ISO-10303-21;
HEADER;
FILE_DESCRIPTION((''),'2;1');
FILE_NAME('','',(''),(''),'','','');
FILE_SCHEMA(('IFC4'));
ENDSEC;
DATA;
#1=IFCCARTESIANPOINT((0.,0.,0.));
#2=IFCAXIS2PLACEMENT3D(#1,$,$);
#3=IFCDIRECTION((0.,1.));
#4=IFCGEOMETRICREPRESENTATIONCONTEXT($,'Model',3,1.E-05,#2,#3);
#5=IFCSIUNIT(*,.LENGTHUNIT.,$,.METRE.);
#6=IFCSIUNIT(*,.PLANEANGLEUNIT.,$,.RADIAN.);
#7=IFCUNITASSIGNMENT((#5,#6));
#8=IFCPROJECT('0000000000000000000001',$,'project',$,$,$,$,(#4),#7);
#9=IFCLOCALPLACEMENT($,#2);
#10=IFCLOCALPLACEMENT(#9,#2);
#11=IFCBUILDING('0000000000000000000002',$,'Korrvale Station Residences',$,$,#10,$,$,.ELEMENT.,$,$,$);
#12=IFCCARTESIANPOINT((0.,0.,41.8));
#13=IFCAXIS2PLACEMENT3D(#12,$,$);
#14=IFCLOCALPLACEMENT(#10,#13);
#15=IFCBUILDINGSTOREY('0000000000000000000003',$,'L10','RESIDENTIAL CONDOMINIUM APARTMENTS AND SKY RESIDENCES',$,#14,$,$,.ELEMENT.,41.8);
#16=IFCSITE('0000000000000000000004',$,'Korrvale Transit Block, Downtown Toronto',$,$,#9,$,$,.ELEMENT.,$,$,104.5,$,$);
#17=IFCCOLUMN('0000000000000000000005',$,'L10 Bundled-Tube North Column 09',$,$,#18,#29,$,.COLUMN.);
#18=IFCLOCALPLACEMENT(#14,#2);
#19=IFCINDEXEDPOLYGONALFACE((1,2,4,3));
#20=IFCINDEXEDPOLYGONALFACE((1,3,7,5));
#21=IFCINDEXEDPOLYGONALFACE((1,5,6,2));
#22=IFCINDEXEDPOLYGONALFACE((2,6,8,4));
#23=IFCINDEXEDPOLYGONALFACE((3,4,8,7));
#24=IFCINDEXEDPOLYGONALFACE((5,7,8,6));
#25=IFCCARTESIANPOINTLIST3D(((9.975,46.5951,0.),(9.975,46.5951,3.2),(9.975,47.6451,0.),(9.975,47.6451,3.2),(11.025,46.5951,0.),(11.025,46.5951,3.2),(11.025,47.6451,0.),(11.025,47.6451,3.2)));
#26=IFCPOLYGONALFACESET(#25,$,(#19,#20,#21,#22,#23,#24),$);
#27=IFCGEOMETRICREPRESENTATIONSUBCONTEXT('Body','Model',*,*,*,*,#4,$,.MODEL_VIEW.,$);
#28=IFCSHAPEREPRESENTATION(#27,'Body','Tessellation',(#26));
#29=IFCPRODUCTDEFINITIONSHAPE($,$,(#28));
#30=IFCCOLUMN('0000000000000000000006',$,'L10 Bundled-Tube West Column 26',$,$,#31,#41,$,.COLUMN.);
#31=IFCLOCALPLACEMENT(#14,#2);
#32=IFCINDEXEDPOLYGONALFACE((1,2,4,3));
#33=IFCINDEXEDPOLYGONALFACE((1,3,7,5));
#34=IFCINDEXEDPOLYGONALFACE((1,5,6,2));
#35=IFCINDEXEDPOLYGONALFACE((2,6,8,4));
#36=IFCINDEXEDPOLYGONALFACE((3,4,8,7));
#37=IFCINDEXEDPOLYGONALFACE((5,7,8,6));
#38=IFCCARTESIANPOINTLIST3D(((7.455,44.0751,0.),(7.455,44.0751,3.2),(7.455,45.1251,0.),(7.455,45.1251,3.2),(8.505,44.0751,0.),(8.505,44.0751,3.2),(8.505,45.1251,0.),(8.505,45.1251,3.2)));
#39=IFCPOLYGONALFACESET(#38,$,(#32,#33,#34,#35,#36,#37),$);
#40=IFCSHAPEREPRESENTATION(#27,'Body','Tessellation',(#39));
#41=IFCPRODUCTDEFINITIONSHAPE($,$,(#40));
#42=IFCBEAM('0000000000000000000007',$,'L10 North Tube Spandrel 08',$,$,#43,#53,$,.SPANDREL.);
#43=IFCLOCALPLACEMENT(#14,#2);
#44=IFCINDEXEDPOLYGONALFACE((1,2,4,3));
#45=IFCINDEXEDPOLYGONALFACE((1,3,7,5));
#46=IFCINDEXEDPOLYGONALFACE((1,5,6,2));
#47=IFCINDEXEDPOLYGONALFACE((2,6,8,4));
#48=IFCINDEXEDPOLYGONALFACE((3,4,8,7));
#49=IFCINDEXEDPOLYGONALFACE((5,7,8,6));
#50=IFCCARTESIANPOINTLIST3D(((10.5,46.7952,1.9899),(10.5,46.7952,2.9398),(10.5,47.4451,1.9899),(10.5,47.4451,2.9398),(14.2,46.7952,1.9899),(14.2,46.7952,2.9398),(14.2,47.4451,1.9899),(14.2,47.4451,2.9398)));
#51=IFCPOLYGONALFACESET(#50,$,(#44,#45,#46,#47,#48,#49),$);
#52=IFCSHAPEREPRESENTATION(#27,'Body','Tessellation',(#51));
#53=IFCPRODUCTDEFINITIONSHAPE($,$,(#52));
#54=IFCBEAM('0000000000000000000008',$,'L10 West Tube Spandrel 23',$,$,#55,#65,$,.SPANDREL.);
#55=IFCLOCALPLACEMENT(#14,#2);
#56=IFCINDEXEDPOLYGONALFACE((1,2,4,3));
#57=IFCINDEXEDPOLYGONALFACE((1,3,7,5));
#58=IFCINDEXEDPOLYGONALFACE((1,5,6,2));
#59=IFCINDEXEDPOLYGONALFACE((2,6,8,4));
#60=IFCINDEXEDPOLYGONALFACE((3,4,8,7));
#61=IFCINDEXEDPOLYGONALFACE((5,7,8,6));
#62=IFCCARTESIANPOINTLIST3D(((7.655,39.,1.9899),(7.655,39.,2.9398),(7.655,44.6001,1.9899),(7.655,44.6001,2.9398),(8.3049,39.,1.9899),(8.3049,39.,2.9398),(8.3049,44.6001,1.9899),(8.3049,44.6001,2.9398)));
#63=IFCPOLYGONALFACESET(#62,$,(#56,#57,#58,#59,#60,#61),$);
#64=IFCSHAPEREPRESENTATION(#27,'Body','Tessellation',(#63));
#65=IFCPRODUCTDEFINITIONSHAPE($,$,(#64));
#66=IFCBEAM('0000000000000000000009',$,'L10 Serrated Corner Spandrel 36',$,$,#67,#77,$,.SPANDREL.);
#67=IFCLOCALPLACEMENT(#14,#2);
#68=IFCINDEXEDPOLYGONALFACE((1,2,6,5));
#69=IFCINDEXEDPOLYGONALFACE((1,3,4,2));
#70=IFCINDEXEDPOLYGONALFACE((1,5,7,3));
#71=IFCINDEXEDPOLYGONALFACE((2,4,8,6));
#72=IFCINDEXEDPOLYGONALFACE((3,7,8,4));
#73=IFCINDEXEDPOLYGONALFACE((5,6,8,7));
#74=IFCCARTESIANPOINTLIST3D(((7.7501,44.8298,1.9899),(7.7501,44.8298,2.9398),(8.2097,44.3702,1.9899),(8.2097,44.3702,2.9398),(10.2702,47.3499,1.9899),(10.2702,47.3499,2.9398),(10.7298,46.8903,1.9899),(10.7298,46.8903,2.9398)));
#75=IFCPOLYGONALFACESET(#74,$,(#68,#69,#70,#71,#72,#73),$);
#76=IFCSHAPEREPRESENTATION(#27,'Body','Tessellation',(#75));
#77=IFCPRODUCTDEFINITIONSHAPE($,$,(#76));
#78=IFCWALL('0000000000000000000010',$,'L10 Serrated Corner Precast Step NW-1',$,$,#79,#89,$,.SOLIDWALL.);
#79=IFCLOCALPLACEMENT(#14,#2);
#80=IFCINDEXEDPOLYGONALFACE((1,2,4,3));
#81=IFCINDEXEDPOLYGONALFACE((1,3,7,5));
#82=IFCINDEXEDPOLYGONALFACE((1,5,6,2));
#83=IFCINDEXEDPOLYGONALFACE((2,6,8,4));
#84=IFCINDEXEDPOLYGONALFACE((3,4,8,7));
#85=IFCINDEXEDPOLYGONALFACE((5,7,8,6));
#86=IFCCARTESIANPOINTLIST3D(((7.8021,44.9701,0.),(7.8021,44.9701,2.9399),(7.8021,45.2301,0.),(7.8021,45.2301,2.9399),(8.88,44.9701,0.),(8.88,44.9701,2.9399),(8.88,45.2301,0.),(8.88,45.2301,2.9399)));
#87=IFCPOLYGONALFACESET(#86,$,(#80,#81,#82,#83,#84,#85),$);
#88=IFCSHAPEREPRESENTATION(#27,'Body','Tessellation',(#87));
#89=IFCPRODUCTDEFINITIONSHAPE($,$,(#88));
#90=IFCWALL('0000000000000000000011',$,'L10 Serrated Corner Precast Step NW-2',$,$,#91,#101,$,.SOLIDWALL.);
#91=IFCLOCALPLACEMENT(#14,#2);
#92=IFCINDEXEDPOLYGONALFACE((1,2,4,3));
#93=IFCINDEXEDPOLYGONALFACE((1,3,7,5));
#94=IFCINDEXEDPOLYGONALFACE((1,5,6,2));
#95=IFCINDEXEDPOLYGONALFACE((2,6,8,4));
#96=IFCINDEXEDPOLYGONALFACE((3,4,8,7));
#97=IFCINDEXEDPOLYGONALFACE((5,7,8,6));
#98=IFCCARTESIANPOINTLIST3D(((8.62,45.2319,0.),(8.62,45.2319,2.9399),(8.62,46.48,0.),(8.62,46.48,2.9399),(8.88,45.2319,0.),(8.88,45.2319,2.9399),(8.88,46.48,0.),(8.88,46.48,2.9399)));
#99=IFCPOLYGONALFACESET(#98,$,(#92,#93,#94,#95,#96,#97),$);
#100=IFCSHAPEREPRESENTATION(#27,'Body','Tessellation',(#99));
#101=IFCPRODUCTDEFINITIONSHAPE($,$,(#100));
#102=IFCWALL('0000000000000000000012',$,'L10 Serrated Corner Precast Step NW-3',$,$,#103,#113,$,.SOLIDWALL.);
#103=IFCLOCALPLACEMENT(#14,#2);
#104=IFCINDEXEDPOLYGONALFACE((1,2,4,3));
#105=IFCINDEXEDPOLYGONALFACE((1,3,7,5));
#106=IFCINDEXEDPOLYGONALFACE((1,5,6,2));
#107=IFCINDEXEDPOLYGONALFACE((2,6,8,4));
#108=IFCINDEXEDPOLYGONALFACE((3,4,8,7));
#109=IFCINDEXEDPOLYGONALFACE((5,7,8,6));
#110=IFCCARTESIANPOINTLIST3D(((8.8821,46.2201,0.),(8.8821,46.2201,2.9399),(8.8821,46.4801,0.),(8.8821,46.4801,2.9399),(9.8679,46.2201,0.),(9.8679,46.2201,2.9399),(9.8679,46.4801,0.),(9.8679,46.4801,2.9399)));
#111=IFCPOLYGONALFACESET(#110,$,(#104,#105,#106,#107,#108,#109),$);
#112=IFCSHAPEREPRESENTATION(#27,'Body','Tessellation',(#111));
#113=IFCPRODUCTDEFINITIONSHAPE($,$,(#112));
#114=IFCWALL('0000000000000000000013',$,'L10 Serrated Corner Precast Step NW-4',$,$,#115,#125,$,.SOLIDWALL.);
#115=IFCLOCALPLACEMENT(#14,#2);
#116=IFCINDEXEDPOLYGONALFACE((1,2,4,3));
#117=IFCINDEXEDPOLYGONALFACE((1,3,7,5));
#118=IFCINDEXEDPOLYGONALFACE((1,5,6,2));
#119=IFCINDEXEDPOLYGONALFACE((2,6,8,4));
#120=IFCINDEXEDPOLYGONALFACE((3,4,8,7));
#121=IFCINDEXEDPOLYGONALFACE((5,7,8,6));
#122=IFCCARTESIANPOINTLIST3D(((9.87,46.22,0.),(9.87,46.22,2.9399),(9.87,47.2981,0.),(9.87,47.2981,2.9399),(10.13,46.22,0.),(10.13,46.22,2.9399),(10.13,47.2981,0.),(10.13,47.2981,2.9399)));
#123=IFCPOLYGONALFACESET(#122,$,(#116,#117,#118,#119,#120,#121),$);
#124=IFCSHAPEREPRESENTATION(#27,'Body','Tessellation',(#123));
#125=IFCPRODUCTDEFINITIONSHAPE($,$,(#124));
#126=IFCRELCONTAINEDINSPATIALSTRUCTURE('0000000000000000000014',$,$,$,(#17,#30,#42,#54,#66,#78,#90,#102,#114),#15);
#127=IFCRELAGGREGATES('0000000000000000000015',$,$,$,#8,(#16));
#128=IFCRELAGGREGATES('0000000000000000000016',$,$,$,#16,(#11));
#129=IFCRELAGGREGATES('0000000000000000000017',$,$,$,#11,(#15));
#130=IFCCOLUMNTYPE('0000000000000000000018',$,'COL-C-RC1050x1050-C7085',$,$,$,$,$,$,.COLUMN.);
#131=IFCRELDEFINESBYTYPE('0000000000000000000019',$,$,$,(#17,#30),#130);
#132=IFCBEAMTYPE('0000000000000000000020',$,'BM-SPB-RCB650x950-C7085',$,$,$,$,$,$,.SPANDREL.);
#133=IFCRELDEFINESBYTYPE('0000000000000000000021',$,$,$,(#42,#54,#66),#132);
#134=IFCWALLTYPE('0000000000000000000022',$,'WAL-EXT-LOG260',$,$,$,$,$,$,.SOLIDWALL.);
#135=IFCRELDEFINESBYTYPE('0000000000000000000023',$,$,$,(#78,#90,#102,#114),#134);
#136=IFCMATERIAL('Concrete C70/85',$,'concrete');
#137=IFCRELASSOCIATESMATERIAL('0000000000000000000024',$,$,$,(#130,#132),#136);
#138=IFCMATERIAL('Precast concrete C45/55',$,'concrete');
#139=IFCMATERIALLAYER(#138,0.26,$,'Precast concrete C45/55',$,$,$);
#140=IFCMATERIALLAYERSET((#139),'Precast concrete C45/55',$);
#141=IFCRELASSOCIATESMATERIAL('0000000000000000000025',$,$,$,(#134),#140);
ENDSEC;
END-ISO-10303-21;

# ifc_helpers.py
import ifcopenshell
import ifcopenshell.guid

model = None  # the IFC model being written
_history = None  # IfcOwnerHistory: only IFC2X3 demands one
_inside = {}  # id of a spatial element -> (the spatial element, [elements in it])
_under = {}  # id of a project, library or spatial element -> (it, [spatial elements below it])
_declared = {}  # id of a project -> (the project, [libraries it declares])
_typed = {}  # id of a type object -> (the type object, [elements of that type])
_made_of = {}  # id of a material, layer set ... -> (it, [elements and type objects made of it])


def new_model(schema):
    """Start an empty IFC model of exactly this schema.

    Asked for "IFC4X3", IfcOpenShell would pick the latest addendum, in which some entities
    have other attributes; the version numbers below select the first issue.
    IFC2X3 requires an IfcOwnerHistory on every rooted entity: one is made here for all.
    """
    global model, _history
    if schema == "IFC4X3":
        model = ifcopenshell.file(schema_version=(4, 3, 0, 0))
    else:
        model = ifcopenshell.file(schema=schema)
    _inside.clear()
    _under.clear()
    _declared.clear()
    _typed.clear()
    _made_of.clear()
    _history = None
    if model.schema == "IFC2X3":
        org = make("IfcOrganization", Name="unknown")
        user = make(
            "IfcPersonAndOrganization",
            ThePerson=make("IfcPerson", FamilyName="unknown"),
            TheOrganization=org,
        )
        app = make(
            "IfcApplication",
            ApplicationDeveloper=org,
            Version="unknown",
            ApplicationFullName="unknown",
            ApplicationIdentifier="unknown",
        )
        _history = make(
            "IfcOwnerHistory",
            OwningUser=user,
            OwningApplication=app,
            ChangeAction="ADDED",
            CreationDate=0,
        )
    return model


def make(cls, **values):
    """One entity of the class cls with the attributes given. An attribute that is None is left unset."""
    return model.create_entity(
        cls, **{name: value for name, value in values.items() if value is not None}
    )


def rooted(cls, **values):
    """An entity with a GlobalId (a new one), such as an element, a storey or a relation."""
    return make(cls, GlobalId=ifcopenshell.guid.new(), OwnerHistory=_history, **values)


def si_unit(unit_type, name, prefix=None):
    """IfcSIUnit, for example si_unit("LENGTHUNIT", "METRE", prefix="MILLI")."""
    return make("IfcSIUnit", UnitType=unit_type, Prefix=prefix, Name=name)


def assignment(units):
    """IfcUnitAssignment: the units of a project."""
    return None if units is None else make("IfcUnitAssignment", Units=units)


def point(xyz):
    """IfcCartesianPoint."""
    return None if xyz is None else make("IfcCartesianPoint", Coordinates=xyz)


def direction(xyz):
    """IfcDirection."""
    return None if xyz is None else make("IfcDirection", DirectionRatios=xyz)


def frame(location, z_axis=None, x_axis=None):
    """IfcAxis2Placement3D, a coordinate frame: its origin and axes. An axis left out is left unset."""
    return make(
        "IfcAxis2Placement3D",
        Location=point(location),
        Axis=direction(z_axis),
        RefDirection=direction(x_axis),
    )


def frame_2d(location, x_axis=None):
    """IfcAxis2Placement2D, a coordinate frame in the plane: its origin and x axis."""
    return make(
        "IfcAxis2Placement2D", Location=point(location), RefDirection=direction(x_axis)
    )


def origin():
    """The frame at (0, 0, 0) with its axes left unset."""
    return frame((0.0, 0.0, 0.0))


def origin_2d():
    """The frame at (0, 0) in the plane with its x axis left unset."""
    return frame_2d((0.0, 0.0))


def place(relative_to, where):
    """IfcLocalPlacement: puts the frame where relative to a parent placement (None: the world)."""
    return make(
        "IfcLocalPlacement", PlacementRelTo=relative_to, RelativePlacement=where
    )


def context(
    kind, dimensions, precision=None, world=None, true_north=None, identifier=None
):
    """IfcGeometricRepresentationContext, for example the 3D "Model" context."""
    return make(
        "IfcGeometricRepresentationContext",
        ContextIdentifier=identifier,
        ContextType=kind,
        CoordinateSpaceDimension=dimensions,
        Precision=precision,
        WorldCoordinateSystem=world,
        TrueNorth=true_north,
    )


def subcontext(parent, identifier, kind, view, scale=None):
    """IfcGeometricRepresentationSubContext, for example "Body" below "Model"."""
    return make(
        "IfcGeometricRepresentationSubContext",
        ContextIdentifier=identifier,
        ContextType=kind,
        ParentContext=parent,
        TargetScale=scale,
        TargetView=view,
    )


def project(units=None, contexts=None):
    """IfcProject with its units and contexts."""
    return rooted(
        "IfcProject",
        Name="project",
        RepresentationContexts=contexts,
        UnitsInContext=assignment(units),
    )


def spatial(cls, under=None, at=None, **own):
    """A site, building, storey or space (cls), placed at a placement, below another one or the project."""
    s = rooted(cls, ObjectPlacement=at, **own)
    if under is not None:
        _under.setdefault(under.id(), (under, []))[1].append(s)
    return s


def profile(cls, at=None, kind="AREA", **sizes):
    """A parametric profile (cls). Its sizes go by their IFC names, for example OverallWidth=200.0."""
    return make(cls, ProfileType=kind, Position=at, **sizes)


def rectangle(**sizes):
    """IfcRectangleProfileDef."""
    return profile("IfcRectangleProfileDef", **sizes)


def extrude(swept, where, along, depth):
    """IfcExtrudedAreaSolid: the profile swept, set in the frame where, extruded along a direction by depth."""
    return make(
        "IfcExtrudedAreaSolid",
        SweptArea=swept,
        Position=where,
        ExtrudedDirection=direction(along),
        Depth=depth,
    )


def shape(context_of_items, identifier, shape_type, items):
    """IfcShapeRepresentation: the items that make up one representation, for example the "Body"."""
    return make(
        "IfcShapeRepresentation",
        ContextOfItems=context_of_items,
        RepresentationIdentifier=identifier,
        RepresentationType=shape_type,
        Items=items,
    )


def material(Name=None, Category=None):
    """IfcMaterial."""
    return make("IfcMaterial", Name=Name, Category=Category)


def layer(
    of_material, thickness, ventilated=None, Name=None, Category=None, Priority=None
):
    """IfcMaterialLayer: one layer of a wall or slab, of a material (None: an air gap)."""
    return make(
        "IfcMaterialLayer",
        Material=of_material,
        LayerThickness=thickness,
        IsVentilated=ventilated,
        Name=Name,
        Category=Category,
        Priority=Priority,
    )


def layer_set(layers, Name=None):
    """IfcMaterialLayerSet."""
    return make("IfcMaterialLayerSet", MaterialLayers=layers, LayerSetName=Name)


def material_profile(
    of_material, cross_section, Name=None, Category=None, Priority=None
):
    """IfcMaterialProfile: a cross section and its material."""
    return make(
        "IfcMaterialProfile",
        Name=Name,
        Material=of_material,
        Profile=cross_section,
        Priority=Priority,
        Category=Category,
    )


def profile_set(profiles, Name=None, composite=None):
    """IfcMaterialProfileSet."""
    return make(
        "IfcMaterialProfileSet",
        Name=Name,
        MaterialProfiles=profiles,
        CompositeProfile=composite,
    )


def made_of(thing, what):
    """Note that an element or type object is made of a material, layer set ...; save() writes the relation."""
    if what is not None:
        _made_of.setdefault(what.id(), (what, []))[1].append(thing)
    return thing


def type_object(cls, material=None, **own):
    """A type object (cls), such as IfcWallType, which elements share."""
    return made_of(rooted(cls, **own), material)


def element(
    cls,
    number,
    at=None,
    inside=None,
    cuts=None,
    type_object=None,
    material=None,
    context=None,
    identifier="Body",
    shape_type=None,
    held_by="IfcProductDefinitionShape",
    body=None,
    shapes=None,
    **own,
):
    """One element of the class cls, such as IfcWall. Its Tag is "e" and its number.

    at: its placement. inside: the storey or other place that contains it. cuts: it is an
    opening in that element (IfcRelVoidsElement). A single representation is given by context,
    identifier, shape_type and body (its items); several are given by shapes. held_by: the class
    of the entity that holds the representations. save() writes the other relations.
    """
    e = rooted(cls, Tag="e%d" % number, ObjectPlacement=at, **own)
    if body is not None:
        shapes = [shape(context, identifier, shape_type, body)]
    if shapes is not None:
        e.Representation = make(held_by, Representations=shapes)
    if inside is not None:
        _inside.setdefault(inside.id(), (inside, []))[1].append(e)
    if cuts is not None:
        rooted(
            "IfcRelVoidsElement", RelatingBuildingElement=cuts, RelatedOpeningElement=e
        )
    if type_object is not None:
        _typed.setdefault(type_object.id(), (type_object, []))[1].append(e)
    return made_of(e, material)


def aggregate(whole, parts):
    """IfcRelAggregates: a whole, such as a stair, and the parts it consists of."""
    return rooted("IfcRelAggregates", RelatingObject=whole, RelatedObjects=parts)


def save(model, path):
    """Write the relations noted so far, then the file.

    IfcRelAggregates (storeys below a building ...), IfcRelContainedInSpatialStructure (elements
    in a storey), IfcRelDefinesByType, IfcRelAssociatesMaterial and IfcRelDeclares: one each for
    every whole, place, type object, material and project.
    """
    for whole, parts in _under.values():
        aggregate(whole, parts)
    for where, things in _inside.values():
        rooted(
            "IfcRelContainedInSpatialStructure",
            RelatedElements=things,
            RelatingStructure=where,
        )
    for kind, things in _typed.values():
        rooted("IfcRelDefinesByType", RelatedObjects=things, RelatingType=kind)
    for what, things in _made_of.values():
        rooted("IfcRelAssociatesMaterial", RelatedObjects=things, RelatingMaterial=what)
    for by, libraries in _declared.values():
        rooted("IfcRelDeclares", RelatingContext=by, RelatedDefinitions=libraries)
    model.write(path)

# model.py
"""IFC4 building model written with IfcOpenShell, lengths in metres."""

from ifc_helpers import new_model, si_unit, direction, frame, frame_2d, origin, origin_2d, place, context, subcontext, project, spatial, rectangle, extrude, material, layer, layer_set, material_profile, profile_set, type_object, element, save


model = new_model("IFC4")

# Units and contexts
model_context = context("Model", 3, precision=1e-05, world=origin(), true_north=direction((0.0, 1.0)))
body_context = subcontext(model_context, "Body", "Model", "MODEL_VIEW")
ifc_project = project(units=[si_unit("LENGTHUNIT", "METRE"), si_unit("PLANEANGLEUNIT", "RADIAN")], contexts=[model_context])

# Site, building, storey
site_placement = place(None, origin())
site = spatial("IfcSite", under=ifc_project, at=site_placement, Name="Korrvale Transit Block, Downtown Toronto", CompositionType="ELEMENT", RefElevation=104.5)
building_placement = place(site_placement, origin())
building = spatial("IfcBuilding", under=site, at=building_placement, Name="Korrvale Station Residences", CompositionType="ELEMENT")
storey_placement = place(building_placement, frame((0.0, 0.0, 41.8)))
storey = spatial("IfcBuildingStorey", under=building, at=storey_placement, Name="L10", Description="RESIDENTIAL CONDOMINIUM APARTMENTS AND SKY RESIDENCES", CompositionType="ELEMENT", Elevation=41.8)

# Columns
ifc_material_1 = material(Name="Concrete C70/85", Category="concrete")
ifc_material_profile_1 = material_profile(ifc_material_1, rectangle(XDim=1.05, YDim=1.05, at=origin_2d()), Name="RC1050x1050")
ifc_profile_set_1 = profile_set([ifc_material_profile_1], Name="Concrete C70/85")
column_type = type_object("IfcColumnType", Name="COL-C-RC1050x1050-C7085", PredefinedType="COLUMN", material=ifc_profile_set_1)
for number, where, z_axis, x_axis, name in (
    (1, (10.5, 47.1201, 0.0), (0.0, 0.0, 1.0), (1.0, 0.0, 0.0), "L10 Bundled-Tube North Column 09"),
    (2, (7.98, 44.6001, 0.0), (0.0, 0.0, 1.0), (1.0, 0.0, 0.0), "L10 Bundled-Tube West Column 26"),
):
    element("IfcColumn", number, at=place(storey_placement, frame(where, z_axis=z_axis, x_axis=x_axis)), inside=storey, type_object=column_type, Name=name, PredefinedType="COLUMN", context=body_context, shape_type="SweptSolid", body=[
        extrude(rectangle(XDim=1.05, YDim=1.05, at=origin_2d()), origin(), (0.0, 0.0, 1.0), 3.2),
    ])

# Beams
ifc_material_profile_2 = material_profile(ifc_material_1, rectangle(XDim=0.6499, YDim=0.95, at=origin_2d()), Name="RCB650x950")
ifc_profile_set_2 = profile_set([ifc_material_profile_2], Name="Concrete C70/85")
beam_type = type_object("IfcBeamType", Name="BM-SPB-RCB650x950-C7085", PredefinedType="SPANDREL", material=ifc_profile_set_2)
beam_1_placement = place(storey_placement, frame((10.5, 47.1201, 2.4648), z_axis=(1.0, 0.0, 0.0), x_axis=(0.0, 1.0, 0.0)))
element("IfcBeam", 3, at=beam_1_placement, inside=storey, type_object=beam_type, Name="L10 North Tube Spandrel 08", PredefinedType="SPANDREL", context=body_context, shape_type="SweptSolid", body=[
    extrude(rectangle(XDim=0.6499, YDim=0.95, at=origin_2d()), origin(), (0.0, 0.0, 1.0), 3.7),
])
beam_2_placement = place(storey_placement, frame((7.98, 39.0, 2.4648), z_axis=(0.0, 1.0, 0.0), x_axis=(-1.0, 0.0, 0.0)))
element("IfcBeam", 4, at=beam_2_placement, inside=storey, type_object=beam_type, Name="L10 West Tube Spandrel 23", PredefinedType="SPANDREL", context=body_context, shape_type="SweptSolid", body=[
    extrude(rectangle(XDim=0.6499, YDim=0.95, at=origin_2d()), origin(), (0.0, 0.0, 1.0), 5.6001),
])
beam_3_placement = place(storey_placement, frame((10.5, 47.1201, 2.4648), z_axis=(-0.707107, -0.707107, 0.0), x_axis=(0.707107, -0.707107, 0.0)))
element("IfcBeam", 5, at=beam_3_placement, inside=storey, type_object=beam_type, Name="L10 Serrated Corner Spandrel 36", PredefinedType="SPANDREL", context=body_context, shape_type="SweptSolid", body=[
    extrude(rectangle(XDim=0.6499, YDim=0.95, at=origin_2d()), origin(), (0.0, 0.0, 1.0), 3.564),
])

# Walls
ifc_material_2 = material(Name="Precast concrete C45/55", Category="concrete")
ifc_layer_1 = layer(ifc_material_2, 0.26, Name="Precast concrete C45/55")
ifc_layer_set_1 = layer_set([ifc_layer_1], Name="Precast concrete C45/55")
wall_type_1 = type_object("IfcWallType", Name="WAL-EXT-LOG260", PredefinedType="SOLIDWALL", material=ifc_layer_set_1)
wall_1_placement = place(storey_placement, frame((7.802, 45.1001, 0.0), z_axis=(0.0, 0.0, 1.0), x_axis=(1.0, 0.0, 0.0)))
element("IfcWall", 6, at=wall_1_placement, inside=storey, type_object=wall_type_1, Name="L10 Serrated Corner Precast Step NW-1", PredefinedType="SOLIDWALL", context=body_context, shape_type="SweptSolid", body=[
    extrude(rectangle(XDim=1.0779, YDim=0.26, at=frame_2d((0.5391, 0.0))), origin(), (0.0, 0.0, 1.0), 2.9399),
])
wall_2_placement = place(storey_placement, frame((8.75, 45.2319, 0.0), z_axis=(0.0, 0.0, 1.0), x_axis=(0.0, 1.0, 0.0)))
element("IfcWall", 7, at=wall_2_placement, inside=storey, type_object=wall_type_1, Name="L10 Serrated Corner Precast Step NW-2", PredefinedType="SOLIDWALL", context=body_context, shape_type="SweptSolid", body=[
    extrude(rectangle(XDim=1.248, YDim=0.26, at=frame_2d((0.624, 0.0))), origin(), (0.0, 0.0, 1.0), 2.9399),
])
wall_3_placement = place(storey_placement, frame((8.8821, 46.3501, 0.0), z_axis=(0.0, 0.0, 1.0), x_axis=(1.0, 0.0, 0.0)))
element("IfcWall", 8, at=wall_3_placement, inside=storey, type_object=wall_type_1, Name="L10 Serrated Corner Precast Step NW-3", PredefinedType="SOLIDWALL", context=body_context, shape_type="SweptSolid", body=[
    extrude(rectangle(XDim=0.9858, YDim=0.26, at=frame_2d((0.4929, 0.0))), origin(), (0.0, 0.0, 1.0), 2.9399),
])
wall_4_placement = place(storey_placement, frame((10.0, 46.22, 0.0), z_axis=(0.0, 0.0, 1.0), x_axis=(0.0, 1.0, 0.0)))
element("IfcWall", 9, at=wall_4_placement, inside=storey, type_object=wall_type_1, Name="L10 Serrated Corner Precast Step NW-4", PredefinedType="SOLIDWALL", context=body_context, shape_type="SweptSolid", body=[
    extrude(rectangle(XDim=1.0781, YDim=0.26, at=frame_2d((0.5391, 0.0))), origin(), (0.0, 0.0, 1.0), 2.9399),
])

save(model, "model.ifc")
